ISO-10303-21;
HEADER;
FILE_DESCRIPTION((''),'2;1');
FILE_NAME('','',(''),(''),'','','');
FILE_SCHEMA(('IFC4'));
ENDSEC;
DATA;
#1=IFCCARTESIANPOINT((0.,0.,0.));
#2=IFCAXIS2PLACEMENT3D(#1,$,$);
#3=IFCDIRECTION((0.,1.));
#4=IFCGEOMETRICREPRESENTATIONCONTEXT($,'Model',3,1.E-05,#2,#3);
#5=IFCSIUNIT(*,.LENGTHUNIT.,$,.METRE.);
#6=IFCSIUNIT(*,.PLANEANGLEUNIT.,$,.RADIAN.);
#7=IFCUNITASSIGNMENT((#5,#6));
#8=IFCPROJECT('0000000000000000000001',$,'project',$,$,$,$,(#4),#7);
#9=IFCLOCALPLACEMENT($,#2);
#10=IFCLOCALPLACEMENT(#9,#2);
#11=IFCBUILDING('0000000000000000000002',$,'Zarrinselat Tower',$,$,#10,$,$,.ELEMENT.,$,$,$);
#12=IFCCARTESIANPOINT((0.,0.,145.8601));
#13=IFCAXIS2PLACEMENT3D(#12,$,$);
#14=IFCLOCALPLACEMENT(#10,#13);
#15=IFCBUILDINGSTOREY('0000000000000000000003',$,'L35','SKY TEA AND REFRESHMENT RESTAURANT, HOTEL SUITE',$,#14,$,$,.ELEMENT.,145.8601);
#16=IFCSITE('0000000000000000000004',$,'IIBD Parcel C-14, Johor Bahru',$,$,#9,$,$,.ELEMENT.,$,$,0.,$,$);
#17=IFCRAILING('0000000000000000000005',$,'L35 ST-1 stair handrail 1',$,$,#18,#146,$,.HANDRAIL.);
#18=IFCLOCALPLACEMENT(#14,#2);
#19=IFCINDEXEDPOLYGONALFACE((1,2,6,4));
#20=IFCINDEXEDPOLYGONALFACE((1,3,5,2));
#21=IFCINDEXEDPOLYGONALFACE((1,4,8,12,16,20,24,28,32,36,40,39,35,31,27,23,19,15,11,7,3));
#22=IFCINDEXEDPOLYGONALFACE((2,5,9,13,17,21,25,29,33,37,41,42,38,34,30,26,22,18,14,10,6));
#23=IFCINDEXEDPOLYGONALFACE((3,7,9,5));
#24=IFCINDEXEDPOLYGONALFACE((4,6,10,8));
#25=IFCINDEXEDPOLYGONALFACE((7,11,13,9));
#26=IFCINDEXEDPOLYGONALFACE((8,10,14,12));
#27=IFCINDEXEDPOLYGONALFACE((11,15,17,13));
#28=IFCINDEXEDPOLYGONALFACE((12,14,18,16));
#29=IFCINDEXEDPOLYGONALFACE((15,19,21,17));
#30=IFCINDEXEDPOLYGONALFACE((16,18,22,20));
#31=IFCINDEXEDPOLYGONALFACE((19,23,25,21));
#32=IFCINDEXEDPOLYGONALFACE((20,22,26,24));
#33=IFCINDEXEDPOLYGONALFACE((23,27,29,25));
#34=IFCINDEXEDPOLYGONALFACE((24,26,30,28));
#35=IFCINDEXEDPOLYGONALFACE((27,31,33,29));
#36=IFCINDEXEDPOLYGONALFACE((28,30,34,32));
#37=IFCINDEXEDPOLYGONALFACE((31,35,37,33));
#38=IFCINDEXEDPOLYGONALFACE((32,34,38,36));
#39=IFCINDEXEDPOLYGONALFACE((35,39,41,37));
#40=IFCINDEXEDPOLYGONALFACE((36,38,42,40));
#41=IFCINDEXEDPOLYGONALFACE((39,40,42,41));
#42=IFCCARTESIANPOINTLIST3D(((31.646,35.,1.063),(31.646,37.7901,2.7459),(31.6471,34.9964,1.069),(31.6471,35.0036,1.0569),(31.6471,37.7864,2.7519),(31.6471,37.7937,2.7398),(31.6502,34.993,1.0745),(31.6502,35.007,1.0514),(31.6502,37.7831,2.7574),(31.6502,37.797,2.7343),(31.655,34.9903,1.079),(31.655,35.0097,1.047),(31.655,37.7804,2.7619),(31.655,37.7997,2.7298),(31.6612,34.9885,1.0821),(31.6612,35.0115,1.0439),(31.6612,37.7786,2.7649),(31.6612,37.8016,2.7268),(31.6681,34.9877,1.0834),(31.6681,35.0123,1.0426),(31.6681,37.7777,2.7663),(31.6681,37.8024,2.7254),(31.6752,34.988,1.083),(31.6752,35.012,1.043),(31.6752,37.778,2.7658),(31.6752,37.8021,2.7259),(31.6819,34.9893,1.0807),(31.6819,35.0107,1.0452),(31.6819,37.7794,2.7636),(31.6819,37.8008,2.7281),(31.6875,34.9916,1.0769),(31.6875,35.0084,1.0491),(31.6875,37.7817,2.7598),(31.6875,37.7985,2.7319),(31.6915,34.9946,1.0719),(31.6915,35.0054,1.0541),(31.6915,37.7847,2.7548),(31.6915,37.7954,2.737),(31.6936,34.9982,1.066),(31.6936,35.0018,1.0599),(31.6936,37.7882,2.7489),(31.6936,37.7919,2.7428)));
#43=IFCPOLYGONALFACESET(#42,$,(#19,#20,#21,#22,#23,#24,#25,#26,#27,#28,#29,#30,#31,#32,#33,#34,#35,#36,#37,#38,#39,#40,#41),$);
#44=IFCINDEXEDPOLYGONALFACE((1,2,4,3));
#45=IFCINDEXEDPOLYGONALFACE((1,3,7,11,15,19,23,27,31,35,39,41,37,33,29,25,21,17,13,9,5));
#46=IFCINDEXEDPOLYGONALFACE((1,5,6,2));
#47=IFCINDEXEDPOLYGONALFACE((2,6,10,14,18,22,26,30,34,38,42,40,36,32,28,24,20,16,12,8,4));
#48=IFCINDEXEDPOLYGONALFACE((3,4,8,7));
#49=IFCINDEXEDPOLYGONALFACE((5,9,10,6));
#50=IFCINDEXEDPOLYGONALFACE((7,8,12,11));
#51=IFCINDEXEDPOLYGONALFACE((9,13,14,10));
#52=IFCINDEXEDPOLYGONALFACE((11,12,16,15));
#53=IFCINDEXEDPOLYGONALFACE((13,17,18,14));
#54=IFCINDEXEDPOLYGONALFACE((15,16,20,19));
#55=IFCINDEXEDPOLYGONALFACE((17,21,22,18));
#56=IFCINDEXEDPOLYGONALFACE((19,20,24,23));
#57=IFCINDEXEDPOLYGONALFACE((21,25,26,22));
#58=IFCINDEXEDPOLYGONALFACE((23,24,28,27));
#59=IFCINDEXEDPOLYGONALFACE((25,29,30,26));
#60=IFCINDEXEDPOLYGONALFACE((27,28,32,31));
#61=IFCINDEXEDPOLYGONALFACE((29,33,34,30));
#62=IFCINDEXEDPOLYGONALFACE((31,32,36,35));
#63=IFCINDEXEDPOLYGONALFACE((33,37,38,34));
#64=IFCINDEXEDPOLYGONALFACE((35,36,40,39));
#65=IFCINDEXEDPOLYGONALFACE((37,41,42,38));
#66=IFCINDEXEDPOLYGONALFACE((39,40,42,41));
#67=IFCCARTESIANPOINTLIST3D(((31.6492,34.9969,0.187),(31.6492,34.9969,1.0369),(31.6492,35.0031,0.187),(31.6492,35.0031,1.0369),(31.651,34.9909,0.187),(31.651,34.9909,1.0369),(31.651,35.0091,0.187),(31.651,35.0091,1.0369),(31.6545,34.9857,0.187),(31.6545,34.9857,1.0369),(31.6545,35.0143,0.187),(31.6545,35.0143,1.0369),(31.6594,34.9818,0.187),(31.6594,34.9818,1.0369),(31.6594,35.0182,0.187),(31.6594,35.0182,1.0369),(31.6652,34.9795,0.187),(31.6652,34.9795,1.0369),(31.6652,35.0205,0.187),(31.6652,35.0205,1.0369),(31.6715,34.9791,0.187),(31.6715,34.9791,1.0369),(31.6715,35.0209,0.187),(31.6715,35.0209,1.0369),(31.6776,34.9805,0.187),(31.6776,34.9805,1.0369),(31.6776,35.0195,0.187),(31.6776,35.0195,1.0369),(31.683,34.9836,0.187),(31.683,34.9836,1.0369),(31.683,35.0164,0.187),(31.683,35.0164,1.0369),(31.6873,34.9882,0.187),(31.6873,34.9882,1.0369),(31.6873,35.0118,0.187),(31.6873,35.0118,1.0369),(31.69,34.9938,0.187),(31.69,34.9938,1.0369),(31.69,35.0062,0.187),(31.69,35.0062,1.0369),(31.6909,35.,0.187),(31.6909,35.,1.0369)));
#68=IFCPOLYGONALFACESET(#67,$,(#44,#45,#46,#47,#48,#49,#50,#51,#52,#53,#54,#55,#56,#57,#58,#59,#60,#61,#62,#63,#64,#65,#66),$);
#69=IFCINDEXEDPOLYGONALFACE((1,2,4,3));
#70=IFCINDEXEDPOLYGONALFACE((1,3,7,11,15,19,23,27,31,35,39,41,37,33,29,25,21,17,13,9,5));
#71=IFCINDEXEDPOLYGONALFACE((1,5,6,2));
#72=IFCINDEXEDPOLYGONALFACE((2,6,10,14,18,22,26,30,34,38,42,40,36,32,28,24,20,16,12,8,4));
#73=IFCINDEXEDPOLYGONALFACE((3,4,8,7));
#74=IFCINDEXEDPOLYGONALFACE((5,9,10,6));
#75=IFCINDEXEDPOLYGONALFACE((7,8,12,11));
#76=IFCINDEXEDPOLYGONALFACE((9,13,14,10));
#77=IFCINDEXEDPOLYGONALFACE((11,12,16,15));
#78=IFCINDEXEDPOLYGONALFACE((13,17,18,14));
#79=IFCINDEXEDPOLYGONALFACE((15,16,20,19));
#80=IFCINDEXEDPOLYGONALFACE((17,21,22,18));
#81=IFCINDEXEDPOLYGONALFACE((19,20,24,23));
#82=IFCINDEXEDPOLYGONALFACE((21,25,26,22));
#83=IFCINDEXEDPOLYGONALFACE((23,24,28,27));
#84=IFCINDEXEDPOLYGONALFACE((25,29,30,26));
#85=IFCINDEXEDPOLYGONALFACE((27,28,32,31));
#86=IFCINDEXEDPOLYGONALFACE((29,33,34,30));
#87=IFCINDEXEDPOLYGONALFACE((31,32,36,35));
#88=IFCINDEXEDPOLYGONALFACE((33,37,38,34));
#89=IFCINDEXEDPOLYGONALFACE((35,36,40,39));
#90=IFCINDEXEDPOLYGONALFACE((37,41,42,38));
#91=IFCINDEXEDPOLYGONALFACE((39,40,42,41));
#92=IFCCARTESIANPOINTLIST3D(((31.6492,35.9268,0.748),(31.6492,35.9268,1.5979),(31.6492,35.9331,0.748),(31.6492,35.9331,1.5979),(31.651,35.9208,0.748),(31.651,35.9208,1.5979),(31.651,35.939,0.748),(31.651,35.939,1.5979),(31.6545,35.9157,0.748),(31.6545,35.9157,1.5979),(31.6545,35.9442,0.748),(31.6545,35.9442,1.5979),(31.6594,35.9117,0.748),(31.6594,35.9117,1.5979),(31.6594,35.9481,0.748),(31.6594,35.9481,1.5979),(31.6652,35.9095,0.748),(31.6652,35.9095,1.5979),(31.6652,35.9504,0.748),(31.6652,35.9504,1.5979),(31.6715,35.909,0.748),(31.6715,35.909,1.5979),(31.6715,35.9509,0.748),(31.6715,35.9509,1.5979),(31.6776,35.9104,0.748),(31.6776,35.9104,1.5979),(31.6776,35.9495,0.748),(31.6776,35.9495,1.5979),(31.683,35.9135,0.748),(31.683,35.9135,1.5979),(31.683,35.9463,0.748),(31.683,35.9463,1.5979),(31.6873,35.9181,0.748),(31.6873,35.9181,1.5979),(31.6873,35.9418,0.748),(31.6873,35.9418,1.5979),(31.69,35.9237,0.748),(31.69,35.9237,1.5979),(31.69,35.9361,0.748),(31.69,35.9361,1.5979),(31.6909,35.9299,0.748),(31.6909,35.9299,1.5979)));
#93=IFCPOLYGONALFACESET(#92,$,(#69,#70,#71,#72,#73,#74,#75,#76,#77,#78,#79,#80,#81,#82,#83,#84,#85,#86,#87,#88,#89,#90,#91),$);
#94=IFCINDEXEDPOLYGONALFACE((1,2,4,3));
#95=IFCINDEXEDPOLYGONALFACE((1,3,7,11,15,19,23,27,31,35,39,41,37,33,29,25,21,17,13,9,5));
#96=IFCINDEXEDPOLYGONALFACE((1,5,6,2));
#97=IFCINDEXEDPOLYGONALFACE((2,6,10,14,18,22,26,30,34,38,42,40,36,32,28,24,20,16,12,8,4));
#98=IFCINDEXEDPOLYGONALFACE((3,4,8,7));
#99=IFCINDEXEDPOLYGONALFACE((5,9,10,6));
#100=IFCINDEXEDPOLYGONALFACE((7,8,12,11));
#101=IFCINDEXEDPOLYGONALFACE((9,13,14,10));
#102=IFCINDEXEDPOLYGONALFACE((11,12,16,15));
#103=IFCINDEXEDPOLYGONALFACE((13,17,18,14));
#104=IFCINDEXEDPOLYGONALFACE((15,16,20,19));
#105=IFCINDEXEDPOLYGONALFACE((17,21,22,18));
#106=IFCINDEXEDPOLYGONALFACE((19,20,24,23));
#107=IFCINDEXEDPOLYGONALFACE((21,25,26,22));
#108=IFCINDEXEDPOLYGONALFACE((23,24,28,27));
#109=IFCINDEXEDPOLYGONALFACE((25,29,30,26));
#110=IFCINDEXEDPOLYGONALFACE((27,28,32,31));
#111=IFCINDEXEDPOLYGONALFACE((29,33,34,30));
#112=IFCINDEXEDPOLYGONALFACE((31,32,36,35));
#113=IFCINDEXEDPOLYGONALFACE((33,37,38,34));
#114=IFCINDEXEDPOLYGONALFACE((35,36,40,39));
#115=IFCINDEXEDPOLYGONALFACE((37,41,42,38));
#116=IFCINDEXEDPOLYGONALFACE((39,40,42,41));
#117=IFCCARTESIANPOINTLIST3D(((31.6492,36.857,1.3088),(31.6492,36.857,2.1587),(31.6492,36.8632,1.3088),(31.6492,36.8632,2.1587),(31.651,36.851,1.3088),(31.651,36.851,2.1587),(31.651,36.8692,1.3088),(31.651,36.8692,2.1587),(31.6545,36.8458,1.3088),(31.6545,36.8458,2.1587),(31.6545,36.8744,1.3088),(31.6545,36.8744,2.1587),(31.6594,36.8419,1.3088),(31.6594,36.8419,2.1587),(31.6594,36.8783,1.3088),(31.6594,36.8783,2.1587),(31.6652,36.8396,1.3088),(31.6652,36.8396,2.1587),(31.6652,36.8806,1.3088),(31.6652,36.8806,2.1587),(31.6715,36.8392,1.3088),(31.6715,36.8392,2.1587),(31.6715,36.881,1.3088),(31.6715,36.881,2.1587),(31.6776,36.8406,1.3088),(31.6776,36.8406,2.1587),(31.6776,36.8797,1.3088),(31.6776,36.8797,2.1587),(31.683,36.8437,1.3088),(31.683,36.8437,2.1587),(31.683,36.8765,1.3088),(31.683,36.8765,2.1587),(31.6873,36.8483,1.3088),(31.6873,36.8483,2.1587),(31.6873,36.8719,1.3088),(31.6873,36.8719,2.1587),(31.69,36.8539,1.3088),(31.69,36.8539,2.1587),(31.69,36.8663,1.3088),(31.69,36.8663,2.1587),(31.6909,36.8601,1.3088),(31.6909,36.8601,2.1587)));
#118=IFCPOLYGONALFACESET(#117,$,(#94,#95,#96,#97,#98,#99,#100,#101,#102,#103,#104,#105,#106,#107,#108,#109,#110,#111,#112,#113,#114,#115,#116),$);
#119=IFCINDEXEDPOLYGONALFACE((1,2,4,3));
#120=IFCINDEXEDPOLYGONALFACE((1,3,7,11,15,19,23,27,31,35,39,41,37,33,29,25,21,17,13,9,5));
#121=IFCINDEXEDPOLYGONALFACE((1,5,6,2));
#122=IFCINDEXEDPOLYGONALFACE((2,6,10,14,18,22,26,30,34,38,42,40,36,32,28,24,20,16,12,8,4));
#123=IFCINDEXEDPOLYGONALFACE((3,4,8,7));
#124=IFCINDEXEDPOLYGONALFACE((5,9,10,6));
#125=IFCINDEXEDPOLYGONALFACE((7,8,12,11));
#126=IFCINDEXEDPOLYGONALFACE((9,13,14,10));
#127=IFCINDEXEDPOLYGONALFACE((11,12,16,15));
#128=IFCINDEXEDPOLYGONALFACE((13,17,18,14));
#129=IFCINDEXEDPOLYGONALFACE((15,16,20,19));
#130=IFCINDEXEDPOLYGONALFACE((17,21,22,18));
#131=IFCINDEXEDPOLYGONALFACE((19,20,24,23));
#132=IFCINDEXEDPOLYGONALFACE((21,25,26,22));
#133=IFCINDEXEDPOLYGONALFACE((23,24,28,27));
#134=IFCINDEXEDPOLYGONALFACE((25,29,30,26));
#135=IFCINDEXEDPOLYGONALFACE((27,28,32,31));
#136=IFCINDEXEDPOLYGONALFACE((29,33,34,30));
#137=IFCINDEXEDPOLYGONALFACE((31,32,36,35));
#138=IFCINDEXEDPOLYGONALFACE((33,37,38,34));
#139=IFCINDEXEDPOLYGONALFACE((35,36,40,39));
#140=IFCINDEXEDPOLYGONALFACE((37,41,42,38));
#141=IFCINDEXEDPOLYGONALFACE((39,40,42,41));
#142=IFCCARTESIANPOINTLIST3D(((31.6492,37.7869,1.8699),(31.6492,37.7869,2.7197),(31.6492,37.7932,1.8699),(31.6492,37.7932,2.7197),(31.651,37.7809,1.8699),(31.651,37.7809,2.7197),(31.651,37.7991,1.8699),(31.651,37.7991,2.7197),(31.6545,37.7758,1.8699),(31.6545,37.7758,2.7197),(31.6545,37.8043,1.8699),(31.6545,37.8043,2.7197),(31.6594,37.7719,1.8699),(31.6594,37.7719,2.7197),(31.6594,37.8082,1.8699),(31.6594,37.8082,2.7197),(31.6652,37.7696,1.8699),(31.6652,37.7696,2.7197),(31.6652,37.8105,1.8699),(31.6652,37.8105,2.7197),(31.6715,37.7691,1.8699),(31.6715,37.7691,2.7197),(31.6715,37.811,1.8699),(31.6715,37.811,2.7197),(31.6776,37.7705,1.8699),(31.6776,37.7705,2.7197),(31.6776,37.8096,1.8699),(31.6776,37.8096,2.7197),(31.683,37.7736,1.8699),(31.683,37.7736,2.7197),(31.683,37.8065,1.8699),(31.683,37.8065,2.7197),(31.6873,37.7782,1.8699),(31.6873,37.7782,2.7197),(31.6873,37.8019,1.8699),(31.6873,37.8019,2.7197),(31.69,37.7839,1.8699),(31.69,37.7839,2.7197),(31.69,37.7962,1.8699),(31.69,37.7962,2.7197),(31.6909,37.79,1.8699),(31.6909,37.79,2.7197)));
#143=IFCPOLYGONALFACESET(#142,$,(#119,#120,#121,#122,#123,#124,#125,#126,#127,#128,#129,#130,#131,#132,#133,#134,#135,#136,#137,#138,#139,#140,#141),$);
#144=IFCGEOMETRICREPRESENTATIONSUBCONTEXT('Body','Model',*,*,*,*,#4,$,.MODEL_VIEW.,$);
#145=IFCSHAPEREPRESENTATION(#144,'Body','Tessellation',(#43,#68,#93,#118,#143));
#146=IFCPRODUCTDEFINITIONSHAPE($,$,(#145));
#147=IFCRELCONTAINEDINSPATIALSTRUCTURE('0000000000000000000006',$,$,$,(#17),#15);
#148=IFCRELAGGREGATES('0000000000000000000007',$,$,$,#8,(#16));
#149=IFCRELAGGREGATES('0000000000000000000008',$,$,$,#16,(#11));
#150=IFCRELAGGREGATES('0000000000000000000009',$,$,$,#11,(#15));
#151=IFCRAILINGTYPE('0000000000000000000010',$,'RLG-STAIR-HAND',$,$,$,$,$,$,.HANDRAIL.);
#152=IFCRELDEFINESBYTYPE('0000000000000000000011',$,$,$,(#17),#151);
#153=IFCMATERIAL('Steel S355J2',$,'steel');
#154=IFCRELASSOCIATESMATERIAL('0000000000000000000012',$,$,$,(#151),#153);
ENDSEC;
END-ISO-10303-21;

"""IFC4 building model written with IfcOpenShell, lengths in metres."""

from ifc_helpers import new_model, si_unit, direction, frame, origin, origin_2d, place, context, subcontext, project, spatial, circle, extrude, material, type_object, element, save


model = new_model("IFC4")

# Units and contexts
model_context = context("Model", 3, precision=1e-05, world=origin(), true_north=direction((0.0, 1.0)))
body_context = subcontext(model_context, "Body", "Model", "MODEL_VIEW")
ifc_project = project(units=[si_unit("LENGTHUNIT", "METRE"), si_unit("PLANEANGLEUNIT", "RADIAN")], contexts=[model_context])

# Site, building, storey
site_placement = place(None, origin())
site = spatial("IfcSite", under=ifc_project, at=site_placement, Name="IIBD Parcel C-14, Johor Bahru", CompositionType="ELEMENT", RefElevation=0.0)
building_placement = place(site_placement, origin())
building = spatial("IfcBuilding", under=site, at=building_placement, Name="Zarrinselat Tower", CompositionType="ELEMENT")
storey_placement = place(building_placement, frame((0.0, 0.0, 145.8601)))
storey = spatial("IfcBuildingStorey", under=building, at=storey_placement, Name="L35", Description="SKY TEA AND REFRESHMENT RESTAURANT, HOTEL SUITE", CompositionType="ELEMENT", Elevation=145.8601)

# Railing
ifc_material_1 = material(Name="Steel S355J2", Category="steel")
railing_type_1 = type_object("IfcRailingType", Name="RLG-STAIR-HAND", PredefinedType="HANDRAIL", material=ifc_material_1)
railing_1_placement = place(storey_placement, frame((31.6699, 35.0, 0.187)))
element("IfcRailing", 1, at=railing_1_placement, inside=storey, type_object=railing_type_1, Name="L35 ST-1 stair handrail 1", PredefinedType="HANDRAIL", context=body_context, shape_type="SweptSolid", body=[
    extrude(circle(Radius=0.0239, at=origin_2d()), frame((0.0, 0.0, 0.876), z_axis=(0.0, 0.856294, 0.516489), x_axis=(-1.0, 0.0, 0.0)), (0.0, 0.0, 1.0), 3.2583),
    extrude(circle(Radius=0.021, at=origin_2d()), origin(), (0.0, 0.0, 1.0), 0.8499),
    extrude(circle(Radius=0.021, at=origin_2d()), frame((0.0, 0.9299, 0.561)), (0.0, 0.0, 1.0), 0.8499),
    extrude(circle(Radius=0.021, at=origin_2d()), frame((0.0, 1.8601, 1.1218)), (0.0, 0.0, 1.0), 0.8499),
    extrude(circle(Radius=0.021, at=origin_2d()), frame((0.0, 2.79, 1.6829)), (0.0, 0.0, 1.0), 0.8499),
])

save(model, "model.ifc")
